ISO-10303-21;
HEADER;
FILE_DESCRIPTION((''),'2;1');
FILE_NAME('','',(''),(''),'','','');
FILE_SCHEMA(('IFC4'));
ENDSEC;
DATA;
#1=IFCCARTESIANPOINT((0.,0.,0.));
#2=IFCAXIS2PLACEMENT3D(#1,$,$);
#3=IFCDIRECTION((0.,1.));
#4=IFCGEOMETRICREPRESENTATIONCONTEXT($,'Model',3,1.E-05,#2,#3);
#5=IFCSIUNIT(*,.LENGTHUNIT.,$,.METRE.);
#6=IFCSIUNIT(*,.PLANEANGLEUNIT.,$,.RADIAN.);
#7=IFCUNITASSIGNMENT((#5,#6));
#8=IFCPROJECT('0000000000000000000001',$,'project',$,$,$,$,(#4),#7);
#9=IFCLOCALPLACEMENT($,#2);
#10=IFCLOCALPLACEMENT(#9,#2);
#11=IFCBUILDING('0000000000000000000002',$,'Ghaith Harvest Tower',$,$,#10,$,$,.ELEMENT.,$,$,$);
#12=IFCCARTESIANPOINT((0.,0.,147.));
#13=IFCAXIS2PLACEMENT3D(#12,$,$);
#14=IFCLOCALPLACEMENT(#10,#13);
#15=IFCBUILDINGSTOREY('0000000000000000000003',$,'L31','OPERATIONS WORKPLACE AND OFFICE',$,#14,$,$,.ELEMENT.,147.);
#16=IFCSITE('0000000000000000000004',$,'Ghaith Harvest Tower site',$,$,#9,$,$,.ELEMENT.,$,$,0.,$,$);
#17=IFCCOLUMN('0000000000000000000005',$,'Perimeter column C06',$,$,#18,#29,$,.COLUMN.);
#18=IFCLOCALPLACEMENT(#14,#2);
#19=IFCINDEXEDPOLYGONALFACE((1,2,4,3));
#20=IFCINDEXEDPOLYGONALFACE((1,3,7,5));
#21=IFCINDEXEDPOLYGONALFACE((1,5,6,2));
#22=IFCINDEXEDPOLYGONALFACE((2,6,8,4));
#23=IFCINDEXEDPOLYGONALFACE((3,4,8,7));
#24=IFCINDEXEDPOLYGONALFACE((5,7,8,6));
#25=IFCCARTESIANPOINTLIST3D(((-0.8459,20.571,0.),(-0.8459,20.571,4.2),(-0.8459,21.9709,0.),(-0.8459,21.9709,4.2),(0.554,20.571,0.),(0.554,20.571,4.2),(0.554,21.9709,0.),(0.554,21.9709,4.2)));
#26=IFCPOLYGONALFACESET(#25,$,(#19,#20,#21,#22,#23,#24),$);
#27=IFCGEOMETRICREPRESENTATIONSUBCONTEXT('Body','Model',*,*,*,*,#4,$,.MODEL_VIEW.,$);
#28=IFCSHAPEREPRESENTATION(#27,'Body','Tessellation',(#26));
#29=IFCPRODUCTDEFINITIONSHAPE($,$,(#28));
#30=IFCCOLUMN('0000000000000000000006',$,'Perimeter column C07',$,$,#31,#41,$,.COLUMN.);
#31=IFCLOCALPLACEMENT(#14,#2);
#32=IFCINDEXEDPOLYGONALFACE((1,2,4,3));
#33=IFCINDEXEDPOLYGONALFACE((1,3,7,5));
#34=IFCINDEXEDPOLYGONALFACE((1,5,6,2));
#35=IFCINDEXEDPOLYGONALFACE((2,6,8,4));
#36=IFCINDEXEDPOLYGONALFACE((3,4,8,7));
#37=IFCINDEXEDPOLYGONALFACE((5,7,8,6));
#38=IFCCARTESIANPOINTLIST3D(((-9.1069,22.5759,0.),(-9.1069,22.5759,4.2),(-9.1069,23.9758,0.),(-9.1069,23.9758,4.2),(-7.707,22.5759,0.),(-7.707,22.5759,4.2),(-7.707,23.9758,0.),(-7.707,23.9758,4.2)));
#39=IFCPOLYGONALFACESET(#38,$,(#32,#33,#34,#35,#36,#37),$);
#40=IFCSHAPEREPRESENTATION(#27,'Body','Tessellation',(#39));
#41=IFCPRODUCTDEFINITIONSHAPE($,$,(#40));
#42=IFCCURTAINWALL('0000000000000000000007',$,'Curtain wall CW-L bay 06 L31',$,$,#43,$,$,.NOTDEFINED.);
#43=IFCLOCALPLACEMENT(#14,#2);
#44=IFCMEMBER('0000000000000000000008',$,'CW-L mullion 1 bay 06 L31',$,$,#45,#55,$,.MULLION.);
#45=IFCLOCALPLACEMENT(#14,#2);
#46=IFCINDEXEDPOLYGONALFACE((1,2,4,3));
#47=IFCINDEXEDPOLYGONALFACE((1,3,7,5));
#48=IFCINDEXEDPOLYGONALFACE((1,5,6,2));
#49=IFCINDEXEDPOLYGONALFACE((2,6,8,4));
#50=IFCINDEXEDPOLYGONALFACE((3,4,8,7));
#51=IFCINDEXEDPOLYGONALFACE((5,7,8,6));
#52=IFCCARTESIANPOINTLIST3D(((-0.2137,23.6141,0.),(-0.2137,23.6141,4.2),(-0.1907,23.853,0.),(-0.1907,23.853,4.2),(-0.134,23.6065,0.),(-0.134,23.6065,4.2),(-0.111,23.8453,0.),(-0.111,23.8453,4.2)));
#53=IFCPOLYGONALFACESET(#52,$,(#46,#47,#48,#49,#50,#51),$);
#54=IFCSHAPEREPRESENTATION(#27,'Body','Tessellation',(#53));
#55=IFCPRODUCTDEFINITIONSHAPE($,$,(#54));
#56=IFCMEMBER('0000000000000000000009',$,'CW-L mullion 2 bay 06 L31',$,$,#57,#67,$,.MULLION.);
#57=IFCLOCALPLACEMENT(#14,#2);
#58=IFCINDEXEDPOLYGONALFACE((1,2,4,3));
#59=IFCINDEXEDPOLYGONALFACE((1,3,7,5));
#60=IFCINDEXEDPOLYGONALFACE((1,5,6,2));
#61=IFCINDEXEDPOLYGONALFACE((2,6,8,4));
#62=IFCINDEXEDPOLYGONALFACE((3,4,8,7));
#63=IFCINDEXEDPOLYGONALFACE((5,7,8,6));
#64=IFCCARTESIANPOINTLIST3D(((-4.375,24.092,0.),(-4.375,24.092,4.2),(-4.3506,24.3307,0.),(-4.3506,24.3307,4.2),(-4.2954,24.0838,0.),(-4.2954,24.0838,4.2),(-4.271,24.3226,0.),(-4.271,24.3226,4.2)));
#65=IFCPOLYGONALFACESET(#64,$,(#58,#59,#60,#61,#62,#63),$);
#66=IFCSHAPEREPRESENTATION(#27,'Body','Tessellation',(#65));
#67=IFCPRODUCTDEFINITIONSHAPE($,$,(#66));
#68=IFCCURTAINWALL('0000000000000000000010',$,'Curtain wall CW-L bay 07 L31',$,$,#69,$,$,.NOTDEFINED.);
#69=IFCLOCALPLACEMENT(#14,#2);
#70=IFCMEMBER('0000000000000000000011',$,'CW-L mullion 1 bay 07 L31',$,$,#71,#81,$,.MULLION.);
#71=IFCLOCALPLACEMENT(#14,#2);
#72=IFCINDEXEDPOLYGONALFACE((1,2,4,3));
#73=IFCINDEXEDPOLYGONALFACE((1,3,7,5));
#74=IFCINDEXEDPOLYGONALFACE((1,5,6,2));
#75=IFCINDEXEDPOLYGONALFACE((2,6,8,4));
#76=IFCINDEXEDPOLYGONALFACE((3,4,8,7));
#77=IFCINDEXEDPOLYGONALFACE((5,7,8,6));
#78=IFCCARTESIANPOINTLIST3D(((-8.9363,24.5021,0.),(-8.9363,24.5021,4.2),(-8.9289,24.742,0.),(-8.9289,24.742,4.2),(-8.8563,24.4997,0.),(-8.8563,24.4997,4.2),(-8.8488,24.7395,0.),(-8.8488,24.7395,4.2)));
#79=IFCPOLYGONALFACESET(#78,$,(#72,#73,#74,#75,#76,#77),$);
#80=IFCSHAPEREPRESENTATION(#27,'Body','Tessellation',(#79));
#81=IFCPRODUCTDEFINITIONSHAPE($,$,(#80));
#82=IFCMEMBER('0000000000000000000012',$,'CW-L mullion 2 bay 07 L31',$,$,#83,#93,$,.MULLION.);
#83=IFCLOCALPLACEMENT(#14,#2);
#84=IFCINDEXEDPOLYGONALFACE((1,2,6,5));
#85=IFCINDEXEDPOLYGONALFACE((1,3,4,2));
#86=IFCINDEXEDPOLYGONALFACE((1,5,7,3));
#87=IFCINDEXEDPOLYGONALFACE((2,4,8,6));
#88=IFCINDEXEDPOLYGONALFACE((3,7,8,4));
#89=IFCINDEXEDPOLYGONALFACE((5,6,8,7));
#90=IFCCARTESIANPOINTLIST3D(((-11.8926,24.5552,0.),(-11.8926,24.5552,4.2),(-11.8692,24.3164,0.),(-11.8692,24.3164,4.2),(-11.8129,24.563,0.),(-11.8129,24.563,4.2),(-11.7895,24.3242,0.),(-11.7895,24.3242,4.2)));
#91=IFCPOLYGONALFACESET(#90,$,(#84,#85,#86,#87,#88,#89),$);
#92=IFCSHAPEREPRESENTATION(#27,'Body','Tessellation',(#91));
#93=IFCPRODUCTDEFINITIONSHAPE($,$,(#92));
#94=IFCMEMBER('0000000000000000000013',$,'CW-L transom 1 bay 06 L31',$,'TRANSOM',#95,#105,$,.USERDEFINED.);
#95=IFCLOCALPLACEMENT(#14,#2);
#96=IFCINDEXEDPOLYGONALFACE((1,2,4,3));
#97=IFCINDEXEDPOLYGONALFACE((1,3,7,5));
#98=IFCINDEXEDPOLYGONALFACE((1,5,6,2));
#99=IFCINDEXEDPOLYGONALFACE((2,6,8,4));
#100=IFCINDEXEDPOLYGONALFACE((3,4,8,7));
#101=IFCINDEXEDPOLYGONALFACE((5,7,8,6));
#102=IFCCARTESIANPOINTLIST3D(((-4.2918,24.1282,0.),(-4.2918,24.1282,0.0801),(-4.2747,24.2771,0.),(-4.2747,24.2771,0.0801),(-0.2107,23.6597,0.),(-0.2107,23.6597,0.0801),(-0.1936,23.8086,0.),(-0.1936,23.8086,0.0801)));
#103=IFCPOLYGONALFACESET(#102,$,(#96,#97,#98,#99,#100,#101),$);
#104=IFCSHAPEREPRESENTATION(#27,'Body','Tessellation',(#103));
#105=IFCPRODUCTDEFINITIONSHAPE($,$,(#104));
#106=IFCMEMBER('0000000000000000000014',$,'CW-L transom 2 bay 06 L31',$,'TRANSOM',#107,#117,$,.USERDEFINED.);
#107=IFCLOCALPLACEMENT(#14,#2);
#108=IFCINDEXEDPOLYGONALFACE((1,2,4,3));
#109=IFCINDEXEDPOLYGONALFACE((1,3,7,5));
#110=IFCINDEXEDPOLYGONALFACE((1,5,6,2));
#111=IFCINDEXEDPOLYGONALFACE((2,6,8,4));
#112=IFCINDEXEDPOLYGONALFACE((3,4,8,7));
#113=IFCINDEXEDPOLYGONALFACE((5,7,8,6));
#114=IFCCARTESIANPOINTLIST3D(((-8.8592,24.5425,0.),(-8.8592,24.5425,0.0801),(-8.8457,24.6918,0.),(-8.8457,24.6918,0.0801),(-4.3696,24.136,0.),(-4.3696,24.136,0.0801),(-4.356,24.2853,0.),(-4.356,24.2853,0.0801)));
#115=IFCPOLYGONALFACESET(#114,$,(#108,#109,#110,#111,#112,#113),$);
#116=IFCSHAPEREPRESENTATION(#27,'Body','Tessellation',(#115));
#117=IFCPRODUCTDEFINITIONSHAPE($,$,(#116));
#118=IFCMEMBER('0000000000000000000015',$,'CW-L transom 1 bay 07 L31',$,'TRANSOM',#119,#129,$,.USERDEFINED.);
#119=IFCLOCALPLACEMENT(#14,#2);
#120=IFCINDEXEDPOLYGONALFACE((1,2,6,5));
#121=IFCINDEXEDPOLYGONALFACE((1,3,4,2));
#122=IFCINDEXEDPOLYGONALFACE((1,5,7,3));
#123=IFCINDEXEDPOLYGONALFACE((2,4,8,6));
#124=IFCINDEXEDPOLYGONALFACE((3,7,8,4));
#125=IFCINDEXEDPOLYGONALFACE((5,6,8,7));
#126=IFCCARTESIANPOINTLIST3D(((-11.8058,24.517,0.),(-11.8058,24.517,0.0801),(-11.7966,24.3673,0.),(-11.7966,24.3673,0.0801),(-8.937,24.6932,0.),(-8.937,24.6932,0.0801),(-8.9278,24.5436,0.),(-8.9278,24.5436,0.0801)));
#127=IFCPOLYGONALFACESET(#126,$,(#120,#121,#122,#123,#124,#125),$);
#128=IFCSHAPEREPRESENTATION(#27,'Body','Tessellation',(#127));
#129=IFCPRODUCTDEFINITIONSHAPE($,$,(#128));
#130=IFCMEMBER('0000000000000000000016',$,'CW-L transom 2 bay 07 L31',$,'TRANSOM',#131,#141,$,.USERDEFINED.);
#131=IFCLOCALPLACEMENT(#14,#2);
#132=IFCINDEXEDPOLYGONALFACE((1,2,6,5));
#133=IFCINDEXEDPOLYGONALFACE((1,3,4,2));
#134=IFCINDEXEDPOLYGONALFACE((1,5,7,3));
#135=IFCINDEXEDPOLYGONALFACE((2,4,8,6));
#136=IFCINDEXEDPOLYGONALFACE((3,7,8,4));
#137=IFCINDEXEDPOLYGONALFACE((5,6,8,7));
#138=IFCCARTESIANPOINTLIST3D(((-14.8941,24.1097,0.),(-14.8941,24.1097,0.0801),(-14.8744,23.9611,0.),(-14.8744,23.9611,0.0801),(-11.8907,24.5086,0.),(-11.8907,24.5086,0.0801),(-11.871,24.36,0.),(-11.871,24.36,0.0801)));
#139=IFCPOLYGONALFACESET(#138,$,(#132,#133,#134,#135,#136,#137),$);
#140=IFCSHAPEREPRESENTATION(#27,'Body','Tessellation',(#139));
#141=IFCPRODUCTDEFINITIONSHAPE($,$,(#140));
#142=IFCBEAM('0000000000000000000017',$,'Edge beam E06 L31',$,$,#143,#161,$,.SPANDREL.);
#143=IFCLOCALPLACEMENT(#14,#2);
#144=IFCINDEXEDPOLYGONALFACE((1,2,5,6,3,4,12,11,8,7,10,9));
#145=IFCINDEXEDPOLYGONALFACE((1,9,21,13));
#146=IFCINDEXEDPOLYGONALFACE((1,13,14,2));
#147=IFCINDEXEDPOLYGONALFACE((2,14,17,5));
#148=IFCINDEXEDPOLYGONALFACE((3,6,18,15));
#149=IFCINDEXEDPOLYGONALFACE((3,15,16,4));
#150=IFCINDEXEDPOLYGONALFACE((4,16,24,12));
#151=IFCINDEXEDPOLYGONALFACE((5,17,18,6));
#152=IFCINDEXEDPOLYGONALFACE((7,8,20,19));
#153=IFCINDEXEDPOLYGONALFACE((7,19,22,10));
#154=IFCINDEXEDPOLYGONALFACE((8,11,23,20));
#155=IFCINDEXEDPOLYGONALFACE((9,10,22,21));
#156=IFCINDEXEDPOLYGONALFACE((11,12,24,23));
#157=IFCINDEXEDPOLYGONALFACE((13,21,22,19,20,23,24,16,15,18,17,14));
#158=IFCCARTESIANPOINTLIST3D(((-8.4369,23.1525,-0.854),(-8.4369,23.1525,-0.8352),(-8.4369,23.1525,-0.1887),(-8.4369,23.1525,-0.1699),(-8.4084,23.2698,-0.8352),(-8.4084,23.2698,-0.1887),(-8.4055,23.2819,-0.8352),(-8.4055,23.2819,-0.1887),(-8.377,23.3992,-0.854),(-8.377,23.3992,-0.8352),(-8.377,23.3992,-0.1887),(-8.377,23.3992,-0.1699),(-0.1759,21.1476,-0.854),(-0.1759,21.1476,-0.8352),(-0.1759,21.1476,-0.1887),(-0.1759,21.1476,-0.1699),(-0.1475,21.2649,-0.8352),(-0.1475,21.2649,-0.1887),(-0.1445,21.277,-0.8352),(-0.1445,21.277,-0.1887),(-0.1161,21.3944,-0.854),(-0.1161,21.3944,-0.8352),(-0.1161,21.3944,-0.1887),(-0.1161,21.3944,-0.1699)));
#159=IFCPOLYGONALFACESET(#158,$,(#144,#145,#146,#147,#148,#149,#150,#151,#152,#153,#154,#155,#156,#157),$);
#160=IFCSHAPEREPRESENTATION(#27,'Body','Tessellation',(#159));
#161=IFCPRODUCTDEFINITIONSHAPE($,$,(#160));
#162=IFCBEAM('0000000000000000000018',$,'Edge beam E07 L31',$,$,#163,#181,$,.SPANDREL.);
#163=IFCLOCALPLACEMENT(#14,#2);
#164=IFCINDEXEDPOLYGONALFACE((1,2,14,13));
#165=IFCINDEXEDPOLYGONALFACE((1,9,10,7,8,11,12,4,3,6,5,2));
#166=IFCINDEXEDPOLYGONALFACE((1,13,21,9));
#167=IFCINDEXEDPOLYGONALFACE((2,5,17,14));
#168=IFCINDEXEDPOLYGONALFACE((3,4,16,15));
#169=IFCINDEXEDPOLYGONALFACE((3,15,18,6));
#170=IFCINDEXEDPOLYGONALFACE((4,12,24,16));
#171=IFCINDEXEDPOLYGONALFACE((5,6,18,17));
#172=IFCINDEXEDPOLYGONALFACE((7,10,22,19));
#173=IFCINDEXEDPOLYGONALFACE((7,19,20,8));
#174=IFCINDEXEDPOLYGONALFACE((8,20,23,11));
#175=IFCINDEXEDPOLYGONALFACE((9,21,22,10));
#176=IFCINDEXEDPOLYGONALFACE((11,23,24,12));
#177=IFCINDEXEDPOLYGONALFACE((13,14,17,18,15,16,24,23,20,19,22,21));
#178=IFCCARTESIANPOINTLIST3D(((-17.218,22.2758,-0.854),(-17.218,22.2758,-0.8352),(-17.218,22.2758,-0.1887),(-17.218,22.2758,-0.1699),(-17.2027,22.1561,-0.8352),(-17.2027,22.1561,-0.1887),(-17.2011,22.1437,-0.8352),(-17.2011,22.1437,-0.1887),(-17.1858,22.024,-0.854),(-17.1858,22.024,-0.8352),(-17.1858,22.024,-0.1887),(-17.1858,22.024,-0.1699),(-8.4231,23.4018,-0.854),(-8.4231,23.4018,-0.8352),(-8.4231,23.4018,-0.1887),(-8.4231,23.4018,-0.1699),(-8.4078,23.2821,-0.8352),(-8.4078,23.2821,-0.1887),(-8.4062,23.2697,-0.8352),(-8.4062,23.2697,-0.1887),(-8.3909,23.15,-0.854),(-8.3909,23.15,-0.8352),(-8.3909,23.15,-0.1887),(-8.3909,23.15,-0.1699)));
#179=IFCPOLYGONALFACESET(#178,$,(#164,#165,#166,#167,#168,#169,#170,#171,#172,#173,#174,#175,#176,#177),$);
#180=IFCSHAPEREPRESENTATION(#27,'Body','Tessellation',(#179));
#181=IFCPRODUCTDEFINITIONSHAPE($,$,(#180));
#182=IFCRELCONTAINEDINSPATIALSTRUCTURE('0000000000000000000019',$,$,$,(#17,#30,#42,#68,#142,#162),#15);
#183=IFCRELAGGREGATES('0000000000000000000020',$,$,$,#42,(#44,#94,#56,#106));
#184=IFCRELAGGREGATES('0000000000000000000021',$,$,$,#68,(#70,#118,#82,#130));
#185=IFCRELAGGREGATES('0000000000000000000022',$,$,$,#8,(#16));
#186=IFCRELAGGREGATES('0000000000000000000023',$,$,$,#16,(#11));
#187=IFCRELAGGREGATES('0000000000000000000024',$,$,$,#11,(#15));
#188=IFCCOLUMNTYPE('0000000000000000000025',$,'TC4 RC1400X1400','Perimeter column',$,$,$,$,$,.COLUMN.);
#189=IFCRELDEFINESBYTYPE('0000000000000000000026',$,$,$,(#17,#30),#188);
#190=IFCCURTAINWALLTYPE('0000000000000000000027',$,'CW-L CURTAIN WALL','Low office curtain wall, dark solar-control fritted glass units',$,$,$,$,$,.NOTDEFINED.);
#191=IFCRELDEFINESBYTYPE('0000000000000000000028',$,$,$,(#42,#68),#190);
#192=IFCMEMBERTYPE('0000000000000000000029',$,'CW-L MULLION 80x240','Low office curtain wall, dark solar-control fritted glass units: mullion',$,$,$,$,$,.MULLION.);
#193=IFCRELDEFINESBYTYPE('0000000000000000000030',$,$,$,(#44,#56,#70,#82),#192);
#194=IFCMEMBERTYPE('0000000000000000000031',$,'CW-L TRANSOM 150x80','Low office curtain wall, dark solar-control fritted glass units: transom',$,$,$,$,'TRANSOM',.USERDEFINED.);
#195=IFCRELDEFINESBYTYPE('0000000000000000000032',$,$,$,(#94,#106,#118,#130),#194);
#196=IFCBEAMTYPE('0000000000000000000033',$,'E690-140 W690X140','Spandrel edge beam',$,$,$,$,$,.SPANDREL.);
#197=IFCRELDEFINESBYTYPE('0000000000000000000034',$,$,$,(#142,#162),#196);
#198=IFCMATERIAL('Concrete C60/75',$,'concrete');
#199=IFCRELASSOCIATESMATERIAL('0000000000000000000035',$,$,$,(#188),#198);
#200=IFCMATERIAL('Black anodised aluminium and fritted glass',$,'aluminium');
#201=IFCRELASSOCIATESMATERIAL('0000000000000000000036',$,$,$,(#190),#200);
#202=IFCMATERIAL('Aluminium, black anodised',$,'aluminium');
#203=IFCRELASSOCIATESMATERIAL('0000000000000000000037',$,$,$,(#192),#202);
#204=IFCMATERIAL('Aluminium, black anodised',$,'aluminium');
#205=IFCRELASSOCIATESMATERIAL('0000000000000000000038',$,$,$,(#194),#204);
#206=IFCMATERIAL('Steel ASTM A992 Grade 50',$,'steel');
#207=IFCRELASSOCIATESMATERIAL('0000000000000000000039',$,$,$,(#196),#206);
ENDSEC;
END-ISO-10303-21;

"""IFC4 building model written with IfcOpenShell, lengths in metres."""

from ifc_helpers import new_model, si_unit, direction, frame, origin, origin_2d, place, context, subcontext, project, spatial, rectangle, i_section, extrude, material, material_profile, profile_set, type_object, element, aggregate, save


model = new_model("IFC4")

# Units and contexts
model_context = context("Model", 3, precision=1e-05, world=origin(), true_north=direction((0.0, 1.0)))
body_context = subcontext(model_context, "Body", "Model", "MODEL_VIEW")
ifc_project = project(units=[si_unit("LENGTHUNIT", "METRE"), si_unit("PLANEANGLEUNIT", "RADIAN")], contexts=[model_context])

# Site, building, storey
site_placement = place(None, origin())
site = spatial("IfcSite", under=ifc_project, at=site_placement, Name="Ghaith Harvest Tower site", CompositionType="ELEMENT", RefElevation=0.0)
building_placement = place(site_placement, origin())
building = spatial("IfcBuilding", under=site, at=building_placement, Name="Ghaith Harvest Tower", CompositionType="ELEMENT")
storey_placement = place(building_placement, frame((0.0, 0.0, 147.0)))
storey = spatial("IfcBuildingStorey", under=building, at=storey_placement, Name="L31", Description="OPERATIONS WORKPLACE AND OFFICE", CompositionType="ELEMENT", Elevation=147.0)

# Columns
ifc_material_1 = material(Name="Concrete C60/75", Category="concrete")
ifc_material_profile_1 = material_profile(ifc_material_1, rectangle(XDim=1.3999, YDim=1.3999, at=origin_2d()), Name="RC1400X1400")
ifc_profile_set_1 = profile_set([ifc_material_profile_1], Name="Concrete C60/75")
column_type = type_object("IfcColumnType", Name="TC4 RC1400X1400", Description="Perimeter column", PredefinedType="COLUMN", material=ifc_profile_set_1)
for number, where, z_axis, x_axis, name in (
    (1, (-0.146, 21.271, 0.0), (0.0, 0.0, 1.0), (1.0, 0.0, 0.0), "Perimeter column C06"),
    (2, (-8.407, 23.2759, 0.0), (0.0, 0.0, 1.0), (1.0, 0.0, 0.0), "Perimeter column C07"),
):
    element("IfcColumn", number, at=place(storey_placement, frame(where, z_axis=z_axis, x_axis=x_axis)), inside=storey, type_object=column_type, Name=name, PredefinedType="COLUMN", context=body_context, shape_type="SweptSolid", body=[
        extrude(rectangle(XDim=1.3999, YDim=1.3999, at=origin_2d()), origin(), (0.0, 0.0, 1.0), 4.2),
    ])

# Curtain walls, members
ifc_material_2 = material(Name="Black anodised aluminium and fritted glass", Category="aluminium")
curtain_wall_type = type_object("IfcCurtainWallType", Name="CW-L CURTAIN WALL", Description="Low office curtain wall, dark solar-control fritted glass units", PredefinedType="NOTDEFINED", material=ifc_material_2)
curtain_wall_1_placement = place(storey_placement, origin())
curtain_wall_1 = element("IfcCurtainWall", 3, at=curtain_wall_1_placement, inside=storey, type_object=curtain_wall_type, Name="Curtain wall CW-L bay 06 L31", PredefinedType="NOTDEFINED")
ifc_material_3 = material(Name="Aluminium, black anodised", Category="aluminium")
ifc_material_profile_2 = material_profile(ifc_material_3, rectangle(XDim=0.0801, YDim=0.24, at=origin_2d()), Name="CW-L MULLION 80x240")
ifc_profile_set_2 = profile_set([ifc_material_profile_2], Name="Aluminium, black anodised")
member_type_1 = type_object("IfcMemberType", Name="CW-L MULLION 80x240", Description="Low office curtain wall, dark solar-control fritted glass units: mullion", PredefinedType="MULLION", material=ifc_profile_set_2)
member_1_placement = place(storey_placement, frame((-0.1624, 23.7297, 0.0), z_axis=(0.0, 0.0, 1.0), x_axis=(-0.995388, 0.09593, 0.0)))
member_1 = element("IfcMember", 4, at=member_1_placement, type_object=member_type_1, Name="CW-L mullion 1 bay 06 L31", PredefinedType="MULLION", context=body_context, shape_type="SweptSolid", body=[
    extrude(rectangle(XDim=0.0801, YDim=0.24, at=origin_2d()), origin(), (0.0, 0.0, 1.0), 4.2),
])
member_2_placement = place(storey_placement, frame((-4.323, 24.2073, 0.0), z_axis=(0.0, 0.0, 1.0), x_axis=(-0.99483, 0.101551, 0.0)))
member_2 = element("IfcMember", 5, at=member_2_placement, type_object=member_type_1, Name="CW-L mullion 2 bay 06 L31", PredefinedType="MULLION", context=body_context, shape_type="SweptSolid", body=[
    extrude(rectangle(XDim=0.0801, YDim=0.24, at=origin_2d()), origin(), (0.0, 0.0, 1.0), 4.2),
])
curtain_wall_2_placement = place(storey_placement, origin())
curtain_wall_2 = element("IfcCurtainWall", 6, at=curtain_wall_2_placement, inside=storey, type_object=curtain_wall_type, Name="Curtain wall CW-L bay 07 L31", PredefinedType="NOTDEFINED")
member_3_placement = place(storey_placement, frame((-8.8926, 24.6208, 0.0), z_axis=(0.0, 0.0, 1.0), x_axis=(-0.999522, 0.030909, 0.0)))
member_3 = element("IfcMember", 7, at=member_3_placement, type_object=member_type_1, Name="CW-L mullion 1 bay 07 L31", PredefinedType="MULLION", context=body_context, shape_type="SweptSolid", body=[
    extrude(rectangle(XDim=0.0801, YDim=0.24, at=origin_2d()), origin(), (0.0, 0.0, 1.0), 4.2),
])
member_4_placement = place(storey_placement, frame((-11.8411, 24.4397, 0.0), z_axis=(0.0, 0.0, 1.0), x_axis=(-0.995238, -0.09748, 0.0)))
member_4 = element("IfcMember", 8, at=member_4_placement, type_object=member_type_1, Name="CW-L mullion 2 bay 07 L31", PredefinedType="MULLION", context=body_context, shape_type="SweptSolid", body=[
    extrude(rectangle(XDim=0.0801, YDim=0.24, at=origin_2d()), origin(), (0.0, 0.0, 1.0), 4.2),
])

# Members
ifc_material_4 = material(Name="Aluminium, black anodised", Category="aluminium")
ifc_material_profile_3 = material_profile(ifc_material_4, rectangle(XDim=0.1499, YDim=0.0801, at=origin_2d()), Name="CW-L TRANSOM 150x80")
ifc_profile_set_3 = profile_set([ifc_material_profile_3], Name="Aluminium, black anodised")
member_type_2 = type_object("IfcMemberType", Name="CW-L TRANSOM 150x80", Description="Low office curtain wall, dark solar-control fritted glass units: transom", ElementType="TRANSOM", PredefinedType="USERDEFINED", material=ifc_profile_set_3)
member_5_placement = place(storey_placement, frame((-0.2021, 23.7341, 0.04), z_axis=(-0.993475, 0.114051, 0.0), x_axis=(-0.114051, -0.993475, 0.0)))
member_5 = element("IfcMember", 9, at=member_5_placement, type_object=member_type_2, Name="CW-L transom 1 bay 06 L31", ObjectType="TRANSOM", PredefinedType="USERDEFINED", context=body_context, shape_type="SweptSolid", body=[
    extrude(rectangle(XDim=0.1499, YDim=0.0801, at=origin_2d()), origin(), (0.0, 0.0, 1.0), 4.1079),
])
member_6_placement = place(storey_placement, frame((-4.3628, 24.2107, 0.04), z_axis=(-0.995926, 0.09017, 0.0), x_axis=(-0.09017, -0.995926, 0.0)))
member_6 = element("IfcMember", 10, at=member_6_placement, type_object=member_type_2, Name="CW-L transom 2 bay 06 L31", ObjectType="TRANSOM", PredefinedType="USERDEFINED", context=body_context, shape_type="SweptSolid", body=[
    extrude(rectangle(XDim=0.1499, YDim=0.0801, at=origin_2d()), origin(), (0.0, 0.0, 1.0), 4.5081),
])
member_7_placement = place(storey_placement, frame((-8.9324, 24.6184, 0.04), z_axis=(-0.998118, -0.061326, 0.0), x_axis=(0.061326, -0.998118, 0.0)))
member_7 = element("IfcMember", 11, at=member_7_placement, type_object=member_type_2, Name="CW-L transom 1 bay 07 L31", ObjectType="TRANSOM", PredefinedType="USERDEFINED", context=body_context, shape_type="SweptSolid", body=[
    extrude(rectangle(XDim=0.1499, YDim=0.0801, at=origin_2d()), origin(), (0.0, 0.0, 1.0), 2.8743),
])
member_8_placement = place(storey_placement, frame((-11.8809, 24.4343, 0.04), z_axis=(-0.991294, -0.131668, 0.0), x_axis=(0.131668, -0.991294, 0.0)))
member_8 = element("IfcMember", 12, at=member_8_placement, type_object=member_type_2, Name="CW-L transom 2 bay 07 L31", ObjectType="TRANSOM", PredefinedType="USERDEFINED", context=body_context, shape_type="SweptSolid", body=[
    extrude(rectangle(XDim=0.1499, YDim=0.0801, at=origin_2d()), origin(), (0.0, 0.0, 1.0), 3.0298),
])

# Beams
ifc_material_5 = material(Name="Steel ASTM A992 Grade 50", Category="steel")
ifc_material_profile_4 = material_profile(ifc_material_5, i_section(OverallWidth=0.2539, OverallDepth=0.6841, WebThickness=0.0125, FlangeThickness=0.0188, at=origin_2d()), Name="W690X140")
ifc_profile_set_4 = profile_set([ifc_material_profile_4], Name="Steel ASTM A992 Grade 50")
beam_type_1 = type_object("IfcBeamType", Name="E690-140 W690X140", Description="Spandrel edge beam", PredefinedType="SPANDREL", material=ifc_profile_set_4)
beam_1_placement = place(storey_placement, frame((-0.146, 21.271, -0.512), z_axis=(-0.97179, 0.235847, 0.0), x_axis=(-0.235847, -0.97179, 0.0)))
element("IfcBeam", 13, at=beam_1_placement, inside=storey, type_object=beam_type_1, Name="Edge beam E06 L31", PredefinedType="SPANDREL", context=body_context, shape_type="SweptSolid", body=[
    extrude(i_section(OverallWidth=0.2539, OverallDepth=0.6841, WebThickness=0.0125, FlangeThickness=0.0188, at=origin_2d()), origin(), (0.0, 0.0, 1.0), 8.5007),
])
beam_2_placement = place(storey_placement, frame((-8.407, 23.2759, -0.512), z_axis=(-0.991904, -0.126989, 0.0), x_axis=(0.126989, -0.991904, 0.0)))
element("IfcBeam", 14, at=beam_2_placement, inside=storey, type_object=beam_type_1, Name="Edge beam E07 L31", PredefinedType="SPANDREL", context=body_context, shape_type="SweptSolid", body=[
    extrude(i_section(OverallWidth=0.2539, OverallDepth=0.6841, WebThickness=0.0125, FlangeThickness=0.0188, at=origin_2d()), origin(), (0.0, 0.0, 1.0), 8.8667),
])

aggregate(curtain_wall_1, [member_1, member_5, member_2, member_6])
aggregate(curtain_wall_2, [member_3, member_7, member_4, member_8])

save(model, "model.ifc")
